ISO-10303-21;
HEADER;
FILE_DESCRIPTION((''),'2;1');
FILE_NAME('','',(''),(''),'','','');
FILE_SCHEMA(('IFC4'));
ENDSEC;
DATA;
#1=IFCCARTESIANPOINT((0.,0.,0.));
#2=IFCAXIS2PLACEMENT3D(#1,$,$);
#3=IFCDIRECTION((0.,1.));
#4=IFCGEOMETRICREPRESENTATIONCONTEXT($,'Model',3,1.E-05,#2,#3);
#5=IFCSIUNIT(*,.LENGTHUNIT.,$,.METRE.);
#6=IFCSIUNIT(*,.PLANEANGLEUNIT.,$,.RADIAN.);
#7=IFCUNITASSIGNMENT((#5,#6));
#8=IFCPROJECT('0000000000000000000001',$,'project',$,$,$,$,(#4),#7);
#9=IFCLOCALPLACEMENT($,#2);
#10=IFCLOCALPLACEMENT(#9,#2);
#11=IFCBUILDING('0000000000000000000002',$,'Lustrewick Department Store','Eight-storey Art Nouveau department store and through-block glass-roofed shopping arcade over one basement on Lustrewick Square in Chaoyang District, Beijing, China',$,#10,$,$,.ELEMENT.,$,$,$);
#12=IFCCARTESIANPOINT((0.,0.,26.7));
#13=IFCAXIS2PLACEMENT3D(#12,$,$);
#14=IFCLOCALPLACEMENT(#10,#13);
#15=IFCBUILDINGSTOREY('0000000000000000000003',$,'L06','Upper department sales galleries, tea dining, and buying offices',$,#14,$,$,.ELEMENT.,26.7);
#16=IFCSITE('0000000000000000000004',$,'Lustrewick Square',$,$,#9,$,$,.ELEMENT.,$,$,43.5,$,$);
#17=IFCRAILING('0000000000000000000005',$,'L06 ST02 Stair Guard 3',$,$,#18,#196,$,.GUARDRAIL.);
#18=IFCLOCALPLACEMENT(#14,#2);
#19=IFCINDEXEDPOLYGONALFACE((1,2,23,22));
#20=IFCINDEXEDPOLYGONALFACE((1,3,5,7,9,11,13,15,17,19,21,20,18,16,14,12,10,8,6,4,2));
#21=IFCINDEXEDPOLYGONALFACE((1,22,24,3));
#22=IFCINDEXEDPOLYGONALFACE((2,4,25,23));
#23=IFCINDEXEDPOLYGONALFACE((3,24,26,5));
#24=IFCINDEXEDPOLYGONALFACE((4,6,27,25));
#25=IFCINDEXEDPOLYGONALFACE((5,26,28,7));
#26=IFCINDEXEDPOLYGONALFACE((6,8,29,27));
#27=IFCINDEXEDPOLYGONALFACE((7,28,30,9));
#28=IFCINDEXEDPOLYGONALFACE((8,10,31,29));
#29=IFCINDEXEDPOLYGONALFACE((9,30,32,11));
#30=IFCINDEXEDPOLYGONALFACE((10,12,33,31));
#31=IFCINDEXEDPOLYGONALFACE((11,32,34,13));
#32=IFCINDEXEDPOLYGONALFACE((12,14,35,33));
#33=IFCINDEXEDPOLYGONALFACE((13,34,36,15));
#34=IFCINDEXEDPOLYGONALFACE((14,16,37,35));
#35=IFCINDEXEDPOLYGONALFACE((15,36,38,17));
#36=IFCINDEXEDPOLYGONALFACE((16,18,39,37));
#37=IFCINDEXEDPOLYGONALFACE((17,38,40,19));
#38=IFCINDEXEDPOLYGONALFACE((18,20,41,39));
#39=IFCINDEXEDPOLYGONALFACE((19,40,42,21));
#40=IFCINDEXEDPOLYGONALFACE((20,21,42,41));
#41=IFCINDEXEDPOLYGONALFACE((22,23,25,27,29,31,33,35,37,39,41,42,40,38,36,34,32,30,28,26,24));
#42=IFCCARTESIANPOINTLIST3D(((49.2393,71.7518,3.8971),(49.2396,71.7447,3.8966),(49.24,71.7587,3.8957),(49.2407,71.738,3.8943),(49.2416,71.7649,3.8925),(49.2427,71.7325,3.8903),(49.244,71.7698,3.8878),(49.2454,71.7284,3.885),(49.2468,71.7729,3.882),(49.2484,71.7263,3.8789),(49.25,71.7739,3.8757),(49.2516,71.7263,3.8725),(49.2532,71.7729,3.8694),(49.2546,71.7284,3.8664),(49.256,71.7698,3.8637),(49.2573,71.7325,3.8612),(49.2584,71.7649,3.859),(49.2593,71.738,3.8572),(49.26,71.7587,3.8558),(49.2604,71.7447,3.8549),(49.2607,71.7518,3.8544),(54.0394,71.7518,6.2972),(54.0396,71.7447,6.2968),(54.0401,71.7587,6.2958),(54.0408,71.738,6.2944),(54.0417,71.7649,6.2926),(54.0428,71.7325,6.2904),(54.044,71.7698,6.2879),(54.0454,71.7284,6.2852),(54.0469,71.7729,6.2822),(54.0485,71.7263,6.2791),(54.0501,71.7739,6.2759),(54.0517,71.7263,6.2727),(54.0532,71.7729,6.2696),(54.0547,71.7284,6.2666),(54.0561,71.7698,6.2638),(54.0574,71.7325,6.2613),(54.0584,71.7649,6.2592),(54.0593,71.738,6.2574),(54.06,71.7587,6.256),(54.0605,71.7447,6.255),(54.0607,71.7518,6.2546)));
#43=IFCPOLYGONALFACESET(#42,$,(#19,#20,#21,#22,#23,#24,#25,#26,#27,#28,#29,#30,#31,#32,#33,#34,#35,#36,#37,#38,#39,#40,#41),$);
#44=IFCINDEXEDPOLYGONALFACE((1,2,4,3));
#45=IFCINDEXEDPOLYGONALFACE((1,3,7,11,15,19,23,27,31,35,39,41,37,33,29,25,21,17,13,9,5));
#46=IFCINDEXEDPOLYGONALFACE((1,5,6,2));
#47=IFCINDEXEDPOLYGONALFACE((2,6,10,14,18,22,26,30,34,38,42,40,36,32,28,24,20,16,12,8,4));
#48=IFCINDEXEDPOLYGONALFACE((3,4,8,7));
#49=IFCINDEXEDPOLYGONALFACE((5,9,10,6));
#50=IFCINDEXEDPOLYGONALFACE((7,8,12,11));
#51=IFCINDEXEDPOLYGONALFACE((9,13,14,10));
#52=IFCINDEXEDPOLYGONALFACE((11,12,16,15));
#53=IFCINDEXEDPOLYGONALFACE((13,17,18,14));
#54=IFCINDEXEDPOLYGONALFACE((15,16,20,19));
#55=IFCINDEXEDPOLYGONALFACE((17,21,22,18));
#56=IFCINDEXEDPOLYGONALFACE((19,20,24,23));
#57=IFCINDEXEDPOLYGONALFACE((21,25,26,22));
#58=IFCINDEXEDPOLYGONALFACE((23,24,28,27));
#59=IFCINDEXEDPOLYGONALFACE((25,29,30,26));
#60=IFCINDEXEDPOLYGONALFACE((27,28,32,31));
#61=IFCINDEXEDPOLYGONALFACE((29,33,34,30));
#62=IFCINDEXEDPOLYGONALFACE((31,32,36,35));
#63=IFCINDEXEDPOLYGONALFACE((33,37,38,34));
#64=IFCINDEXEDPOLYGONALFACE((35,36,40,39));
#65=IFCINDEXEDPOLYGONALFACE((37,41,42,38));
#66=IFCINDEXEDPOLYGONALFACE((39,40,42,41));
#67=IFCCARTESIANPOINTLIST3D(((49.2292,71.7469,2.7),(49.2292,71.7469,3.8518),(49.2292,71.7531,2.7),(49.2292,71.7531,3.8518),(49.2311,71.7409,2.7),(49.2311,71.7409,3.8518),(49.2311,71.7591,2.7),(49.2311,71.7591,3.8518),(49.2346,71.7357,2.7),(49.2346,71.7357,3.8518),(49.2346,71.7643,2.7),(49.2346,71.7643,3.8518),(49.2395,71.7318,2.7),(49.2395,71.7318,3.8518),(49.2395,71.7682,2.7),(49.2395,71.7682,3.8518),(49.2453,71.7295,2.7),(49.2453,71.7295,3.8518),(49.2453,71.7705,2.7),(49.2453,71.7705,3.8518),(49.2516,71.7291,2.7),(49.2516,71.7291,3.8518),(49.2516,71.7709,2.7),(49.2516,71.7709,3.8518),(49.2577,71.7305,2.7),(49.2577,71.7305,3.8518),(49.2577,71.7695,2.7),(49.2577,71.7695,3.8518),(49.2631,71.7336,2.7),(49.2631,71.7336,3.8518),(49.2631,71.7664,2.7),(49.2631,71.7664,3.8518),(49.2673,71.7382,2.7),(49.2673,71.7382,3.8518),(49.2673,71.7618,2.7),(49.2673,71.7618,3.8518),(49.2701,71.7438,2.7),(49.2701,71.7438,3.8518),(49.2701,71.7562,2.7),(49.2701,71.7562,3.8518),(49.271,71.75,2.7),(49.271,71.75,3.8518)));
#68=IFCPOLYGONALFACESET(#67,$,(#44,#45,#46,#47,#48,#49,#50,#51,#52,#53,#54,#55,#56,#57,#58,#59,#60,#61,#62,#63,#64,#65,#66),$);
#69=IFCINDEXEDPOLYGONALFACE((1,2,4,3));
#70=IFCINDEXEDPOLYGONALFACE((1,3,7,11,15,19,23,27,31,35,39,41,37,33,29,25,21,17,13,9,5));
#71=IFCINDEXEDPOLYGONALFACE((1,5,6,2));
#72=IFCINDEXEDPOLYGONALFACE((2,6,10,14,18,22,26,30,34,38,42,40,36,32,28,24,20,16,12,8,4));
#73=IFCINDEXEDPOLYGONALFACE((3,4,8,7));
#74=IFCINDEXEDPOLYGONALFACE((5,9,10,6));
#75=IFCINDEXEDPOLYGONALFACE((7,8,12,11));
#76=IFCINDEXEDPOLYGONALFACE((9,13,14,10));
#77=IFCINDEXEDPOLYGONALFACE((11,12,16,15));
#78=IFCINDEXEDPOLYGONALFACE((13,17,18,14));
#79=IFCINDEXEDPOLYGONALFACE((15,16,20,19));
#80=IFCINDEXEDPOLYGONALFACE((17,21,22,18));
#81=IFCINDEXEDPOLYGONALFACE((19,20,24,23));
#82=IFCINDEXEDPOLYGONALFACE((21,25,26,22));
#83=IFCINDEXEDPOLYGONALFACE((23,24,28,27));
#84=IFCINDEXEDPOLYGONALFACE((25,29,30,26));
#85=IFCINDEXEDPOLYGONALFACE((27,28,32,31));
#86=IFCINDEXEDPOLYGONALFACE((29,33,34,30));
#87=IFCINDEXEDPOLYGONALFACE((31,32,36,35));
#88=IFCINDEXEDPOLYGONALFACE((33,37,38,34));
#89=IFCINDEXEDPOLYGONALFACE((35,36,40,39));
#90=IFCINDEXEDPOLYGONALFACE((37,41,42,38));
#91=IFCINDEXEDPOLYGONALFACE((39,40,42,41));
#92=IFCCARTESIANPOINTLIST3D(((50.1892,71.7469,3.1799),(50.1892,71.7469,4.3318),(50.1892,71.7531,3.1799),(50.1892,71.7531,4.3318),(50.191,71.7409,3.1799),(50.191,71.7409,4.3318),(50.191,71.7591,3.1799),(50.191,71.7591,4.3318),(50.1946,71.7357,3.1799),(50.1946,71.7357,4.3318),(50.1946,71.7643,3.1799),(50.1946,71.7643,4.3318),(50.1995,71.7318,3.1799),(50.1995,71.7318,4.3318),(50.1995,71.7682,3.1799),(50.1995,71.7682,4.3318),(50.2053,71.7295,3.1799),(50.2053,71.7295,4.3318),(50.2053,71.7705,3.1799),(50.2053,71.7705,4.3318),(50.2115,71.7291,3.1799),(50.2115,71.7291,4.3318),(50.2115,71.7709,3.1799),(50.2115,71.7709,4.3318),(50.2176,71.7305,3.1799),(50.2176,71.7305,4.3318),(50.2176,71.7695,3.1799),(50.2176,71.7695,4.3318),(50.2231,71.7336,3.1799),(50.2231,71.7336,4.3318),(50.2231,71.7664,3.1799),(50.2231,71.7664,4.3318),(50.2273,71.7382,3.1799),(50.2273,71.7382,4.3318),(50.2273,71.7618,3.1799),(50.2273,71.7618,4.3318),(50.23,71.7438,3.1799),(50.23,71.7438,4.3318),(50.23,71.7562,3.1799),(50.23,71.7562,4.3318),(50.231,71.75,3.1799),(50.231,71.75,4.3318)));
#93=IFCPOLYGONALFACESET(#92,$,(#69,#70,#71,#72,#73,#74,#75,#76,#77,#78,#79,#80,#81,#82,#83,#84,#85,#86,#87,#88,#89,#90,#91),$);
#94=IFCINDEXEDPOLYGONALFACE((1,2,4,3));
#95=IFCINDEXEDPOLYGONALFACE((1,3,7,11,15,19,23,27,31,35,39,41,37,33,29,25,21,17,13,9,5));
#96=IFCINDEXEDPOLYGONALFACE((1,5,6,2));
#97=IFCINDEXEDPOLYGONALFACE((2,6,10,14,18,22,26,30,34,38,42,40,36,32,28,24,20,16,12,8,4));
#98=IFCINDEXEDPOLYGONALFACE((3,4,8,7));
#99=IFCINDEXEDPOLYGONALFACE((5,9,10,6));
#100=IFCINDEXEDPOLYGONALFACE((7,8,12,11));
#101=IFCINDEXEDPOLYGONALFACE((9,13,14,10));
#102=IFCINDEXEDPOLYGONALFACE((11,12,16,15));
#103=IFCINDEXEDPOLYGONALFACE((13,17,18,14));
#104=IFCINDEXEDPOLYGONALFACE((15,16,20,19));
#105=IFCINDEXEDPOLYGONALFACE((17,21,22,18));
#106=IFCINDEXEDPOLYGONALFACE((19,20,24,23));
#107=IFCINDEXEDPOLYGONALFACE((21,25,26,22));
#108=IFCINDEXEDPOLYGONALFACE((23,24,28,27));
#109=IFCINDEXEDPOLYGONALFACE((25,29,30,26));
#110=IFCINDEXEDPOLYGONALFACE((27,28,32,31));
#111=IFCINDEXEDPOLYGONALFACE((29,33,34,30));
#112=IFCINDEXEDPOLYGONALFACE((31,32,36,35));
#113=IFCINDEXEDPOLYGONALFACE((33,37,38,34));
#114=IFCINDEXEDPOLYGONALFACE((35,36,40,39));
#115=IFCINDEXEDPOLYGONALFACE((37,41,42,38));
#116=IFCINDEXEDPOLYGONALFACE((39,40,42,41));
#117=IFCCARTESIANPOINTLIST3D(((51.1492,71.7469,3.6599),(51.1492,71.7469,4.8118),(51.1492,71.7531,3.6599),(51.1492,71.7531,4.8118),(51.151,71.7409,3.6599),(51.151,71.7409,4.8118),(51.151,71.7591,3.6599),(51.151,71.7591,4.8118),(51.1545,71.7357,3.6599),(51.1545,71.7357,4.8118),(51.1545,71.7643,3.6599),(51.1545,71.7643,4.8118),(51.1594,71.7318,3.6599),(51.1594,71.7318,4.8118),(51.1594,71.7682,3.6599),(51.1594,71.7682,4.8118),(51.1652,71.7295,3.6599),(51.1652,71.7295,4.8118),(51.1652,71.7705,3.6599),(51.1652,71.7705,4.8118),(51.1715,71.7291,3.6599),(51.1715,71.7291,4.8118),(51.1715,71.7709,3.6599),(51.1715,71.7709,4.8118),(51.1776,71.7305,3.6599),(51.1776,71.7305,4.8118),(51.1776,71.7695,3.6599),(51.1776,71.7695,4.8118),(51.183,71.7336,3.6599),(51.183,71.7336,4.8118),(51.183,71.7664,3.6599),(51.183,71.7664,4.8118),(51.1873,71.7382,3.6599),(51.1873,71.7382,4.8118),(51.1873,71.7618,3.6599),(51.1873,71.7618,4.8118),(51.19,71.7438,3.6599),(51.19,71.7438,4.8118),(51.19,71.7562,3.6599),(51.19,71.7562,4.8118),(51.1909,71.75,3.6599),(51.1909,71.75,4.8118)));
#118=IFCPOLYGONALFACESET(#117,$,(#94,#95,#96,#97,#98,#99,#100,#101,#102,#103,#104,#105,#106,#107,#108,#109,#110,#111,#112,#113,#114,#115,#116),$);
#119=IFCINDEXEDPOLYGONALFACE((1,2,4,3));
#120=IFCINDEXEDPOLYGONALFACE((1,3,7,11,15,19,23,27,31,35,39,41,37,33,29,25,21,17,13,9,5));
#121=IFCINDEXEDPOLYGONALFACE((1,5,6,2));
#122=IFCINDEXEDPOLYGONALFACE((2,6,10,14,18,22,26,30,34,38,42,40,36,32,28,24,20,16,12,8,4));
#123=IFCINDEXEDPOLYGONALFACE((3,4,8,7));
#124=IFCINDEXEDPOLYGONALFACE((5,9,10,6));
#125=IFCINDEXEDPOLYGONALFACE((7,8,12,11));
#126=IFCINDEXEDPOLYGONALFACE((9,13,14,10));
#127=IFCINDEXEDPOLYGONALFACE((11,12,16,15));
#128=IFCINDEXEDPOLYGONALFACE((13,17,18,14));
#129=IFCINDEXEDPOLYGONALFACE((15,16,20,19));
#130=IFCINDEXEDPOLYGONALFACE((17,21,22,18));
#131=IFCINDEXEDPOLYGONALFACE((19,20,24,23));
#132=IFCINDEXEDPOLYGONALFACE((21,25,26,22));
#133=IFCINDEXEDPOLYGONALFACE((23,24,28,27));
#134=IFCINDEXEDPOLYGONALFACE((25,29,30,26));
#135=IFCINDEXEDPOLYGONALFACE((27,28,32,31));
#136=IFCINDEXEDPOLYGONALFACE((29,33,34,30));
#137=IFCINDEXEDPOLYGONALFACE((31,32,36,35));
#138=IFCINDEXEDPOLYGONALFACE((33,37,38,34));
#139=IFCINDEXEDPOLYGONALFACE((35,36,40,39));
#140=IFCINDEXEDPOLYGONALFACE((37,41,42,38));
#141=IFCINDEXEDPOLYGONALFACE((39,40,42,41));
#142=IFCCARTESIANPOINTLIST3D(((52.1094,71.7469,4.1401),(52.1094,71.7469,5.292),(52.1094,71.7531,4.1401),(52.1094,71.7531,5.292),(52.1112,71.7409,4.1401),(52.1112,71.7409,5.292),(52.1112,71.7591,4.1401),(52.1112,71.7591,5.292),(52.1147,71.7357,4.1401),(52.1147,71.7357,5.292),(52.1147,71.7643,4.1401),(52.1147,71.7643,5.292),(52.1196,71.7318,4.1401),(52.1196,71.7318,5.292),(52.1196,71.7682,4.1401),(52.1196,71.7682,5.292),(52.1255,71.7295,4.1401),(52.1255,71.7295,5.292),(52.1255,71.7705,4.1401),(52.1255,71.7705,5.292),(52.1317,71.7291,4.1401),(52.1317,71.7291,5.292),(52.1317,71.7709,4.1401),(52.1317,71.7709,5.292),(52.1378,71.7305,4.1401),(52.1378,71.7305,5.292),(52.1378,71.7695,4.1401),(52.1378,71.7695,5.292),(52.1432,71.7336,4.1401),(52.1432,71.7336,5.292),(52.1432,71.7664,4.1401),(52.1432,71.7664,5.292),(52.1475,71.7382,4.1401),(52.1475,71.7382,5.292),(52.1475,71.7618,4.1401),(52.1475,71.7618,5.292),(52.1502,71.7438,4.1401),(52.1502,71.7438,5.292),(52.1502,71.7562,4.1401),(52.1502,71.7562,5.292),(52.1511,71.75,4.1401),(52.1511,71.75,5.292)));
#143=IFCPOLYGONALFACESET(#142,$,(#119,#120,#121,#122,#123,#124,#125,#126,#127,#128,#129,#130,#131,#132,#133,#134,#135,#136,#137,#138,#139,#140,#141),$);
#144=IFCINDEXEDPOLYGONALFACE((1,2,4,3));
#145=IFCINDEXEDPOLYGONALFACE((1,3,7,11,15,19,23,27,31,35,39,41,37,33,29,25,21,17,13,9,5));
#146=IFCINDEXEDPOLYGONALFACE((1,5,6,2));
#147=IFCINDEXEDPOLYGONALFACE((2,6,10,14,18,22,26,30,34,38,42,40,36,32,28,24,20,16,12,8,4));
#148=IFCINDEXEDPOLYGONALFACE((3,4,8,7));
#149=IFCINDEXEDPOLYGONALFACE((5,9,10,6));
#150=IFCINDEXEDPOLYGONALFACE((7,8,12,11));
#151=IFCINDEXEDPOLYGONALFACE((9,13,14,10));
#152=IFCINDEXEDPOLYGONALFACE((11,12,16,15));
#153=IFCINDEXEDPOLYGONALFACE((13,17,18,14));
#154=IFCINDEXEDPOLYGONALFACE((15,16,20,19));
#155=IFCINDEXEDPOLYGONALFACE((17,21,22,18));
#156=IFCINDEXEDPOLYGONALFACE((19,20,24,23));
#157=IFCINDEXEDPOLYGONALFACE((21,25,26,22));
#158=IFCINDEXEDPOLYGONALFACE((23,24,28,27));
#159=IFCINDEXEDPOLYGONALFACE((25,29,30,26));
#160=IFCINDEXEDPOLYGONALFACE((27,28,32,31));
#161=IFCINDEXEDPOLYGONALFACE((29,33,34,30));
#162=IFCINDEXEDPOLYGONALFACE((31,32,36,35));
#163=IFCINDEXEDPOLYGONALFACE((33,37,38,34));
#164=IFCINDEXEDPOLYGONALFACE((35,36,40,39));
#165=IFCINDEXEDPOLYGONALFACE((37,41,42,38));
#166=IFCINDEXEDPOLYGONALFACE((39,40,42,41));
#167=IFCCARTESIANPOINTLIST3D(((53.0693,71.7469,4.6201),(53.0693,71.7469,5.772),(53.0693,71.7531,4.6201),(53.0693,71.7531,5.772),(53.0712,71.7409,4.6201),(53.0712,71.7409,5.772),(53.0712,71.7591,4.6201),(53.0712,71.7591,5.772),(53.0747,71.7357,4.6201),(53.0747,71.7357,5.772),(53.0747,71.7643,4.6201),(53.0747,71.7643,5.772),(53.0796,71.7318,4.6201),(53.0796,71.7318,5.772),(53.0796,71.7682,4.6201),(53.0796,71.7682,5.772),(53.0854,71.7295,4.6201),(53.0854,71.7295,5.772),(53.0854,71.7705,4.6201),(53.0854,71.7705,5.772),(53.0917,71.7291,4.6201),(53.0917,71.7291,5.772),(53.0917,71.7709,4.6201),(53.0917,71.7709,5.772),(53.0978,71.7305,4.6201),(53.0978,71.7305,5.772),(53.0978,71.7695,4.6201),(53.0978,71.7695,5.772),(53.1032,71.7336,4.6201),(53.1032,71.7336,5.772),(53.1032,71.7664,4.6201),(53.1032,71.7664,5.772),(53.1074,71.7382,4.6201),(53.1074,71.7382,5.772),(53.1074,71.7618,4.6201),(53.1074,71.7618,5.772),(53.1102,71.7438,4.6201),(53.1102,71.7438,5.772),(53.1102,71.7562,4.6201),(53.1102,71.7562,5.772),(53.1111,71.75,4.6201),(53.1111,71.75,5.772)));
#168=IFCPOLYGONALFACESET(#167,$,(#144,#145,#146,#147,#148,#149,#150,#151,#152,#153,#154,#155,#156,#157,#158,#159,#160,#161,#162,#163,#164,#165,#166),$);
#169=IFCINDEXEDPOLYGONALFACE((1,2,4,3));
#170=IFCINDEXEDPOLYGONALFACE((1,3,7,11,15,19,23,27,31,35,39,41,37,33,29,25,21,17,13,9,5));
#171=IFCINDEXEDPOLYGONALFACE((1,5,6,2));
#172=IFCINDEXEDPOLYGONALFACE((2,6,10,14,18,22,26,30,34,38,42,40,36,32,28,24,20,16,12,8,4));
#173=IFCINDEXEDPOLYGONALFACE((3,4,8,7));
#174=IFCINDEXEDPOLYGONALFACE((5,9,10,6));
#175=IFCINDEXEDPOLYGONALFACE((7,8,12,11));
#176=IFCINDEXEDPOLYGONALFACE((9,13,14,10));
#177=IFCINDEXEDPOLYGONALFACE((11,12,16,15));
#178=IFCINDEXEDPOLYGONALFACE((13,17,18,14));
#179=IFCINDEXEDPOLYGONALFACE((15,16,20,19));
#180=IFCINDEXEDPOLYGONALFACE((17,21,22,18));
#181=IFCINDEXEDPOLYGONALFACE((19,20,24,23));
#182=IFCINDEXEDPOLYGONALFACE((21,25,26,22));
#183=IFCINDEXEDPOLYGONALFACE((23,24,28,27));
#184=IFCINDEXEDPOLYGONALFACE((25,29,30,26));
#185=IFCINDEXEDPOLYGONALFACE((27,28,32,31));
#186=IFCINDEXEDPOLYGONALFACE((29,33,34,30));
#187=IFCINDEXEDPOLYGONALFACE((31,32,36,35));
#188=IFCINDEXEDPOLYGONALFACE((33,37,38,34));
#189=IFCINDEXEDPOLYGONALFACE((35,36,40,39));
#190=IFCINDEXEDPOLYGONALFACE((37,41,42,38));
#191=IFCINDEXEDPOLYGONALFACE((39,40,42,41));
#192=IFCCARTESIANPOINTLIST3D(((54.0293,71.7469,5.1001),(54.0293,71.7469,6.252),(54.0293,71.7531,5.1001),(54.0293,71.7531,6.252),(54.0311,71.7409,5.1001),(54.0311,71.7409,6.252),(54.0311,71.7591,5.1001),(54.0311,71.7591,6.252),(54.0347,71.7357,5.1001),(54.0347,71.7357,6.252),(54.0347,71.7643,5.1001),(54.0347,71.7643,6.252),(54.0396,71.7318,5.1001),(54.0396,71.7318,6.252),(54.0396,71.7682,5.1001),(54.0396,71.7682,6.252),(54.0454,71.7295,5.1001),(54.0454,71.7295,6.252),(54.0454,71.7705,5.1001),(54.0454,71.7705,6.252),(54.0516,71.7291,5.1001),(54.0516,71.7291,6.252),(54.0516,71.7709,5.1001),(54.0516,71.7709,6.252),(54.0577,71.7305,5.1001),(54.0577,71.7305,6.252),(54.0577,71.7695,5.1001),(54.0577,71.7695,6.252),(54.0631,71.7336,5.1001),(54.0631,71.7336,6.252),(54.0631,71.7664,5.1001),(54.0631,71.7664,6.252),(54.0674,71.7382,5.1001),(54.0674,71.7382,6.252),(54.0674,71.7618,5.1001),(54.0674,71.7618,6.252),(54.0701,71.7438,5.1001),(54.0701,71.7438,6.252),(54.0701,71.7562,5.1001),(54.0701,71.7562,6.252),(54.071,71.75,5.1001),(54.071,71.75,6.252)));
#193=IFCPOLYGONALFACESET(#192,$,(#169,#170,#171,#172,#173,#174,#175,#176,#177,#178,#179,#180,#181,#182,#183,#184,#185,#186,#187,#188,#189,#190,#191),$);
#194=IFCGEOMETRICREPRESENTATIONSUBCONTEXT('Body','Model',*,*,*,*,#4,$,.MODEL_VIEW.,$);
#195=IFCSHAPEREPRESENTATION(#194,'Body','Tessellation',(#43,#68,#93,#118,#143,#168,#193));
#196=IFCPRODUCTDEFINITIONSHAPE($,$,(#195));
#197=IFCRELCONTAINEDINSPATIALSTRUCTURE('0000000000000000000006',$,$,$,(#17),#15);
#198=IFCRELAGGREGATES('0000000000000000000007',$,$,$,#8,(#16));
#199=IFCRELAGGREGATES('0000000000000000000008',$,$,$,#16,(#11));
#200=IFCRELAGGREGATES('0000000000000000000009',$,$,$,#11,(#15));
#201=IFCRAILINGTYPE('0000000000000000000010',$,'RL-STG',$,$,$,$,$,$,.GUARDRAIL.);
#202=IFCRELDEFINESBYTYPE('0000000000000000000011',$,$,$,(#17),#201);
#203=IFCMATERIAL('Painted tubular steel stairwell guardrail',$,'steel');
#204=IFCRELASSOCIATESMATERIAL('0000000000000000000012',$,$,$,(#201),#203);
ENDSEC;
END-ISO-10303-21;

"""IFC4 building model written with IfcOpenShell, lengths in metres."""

from ifc_helpers import new_model, si_unit, direction, frame, origin, origin_2d, place, context, subcontext, project, spatial, circle, extrude, material, type_object, element, save


model = new_model("IFC4")

# Units and contexts
model_context = context("Model", 3, precision=1e-05, world=origin(), true_north=direction((0.0, 1.0)))
body_context = subcontext(model_context, "Body", "Model", "MODEL_VIEW")
ifc_project = project(units=[si_unit("LENGTHUNIT", "METRE"), si_unit("PLANEANGLEUNIT", "RADIAN")], contexts=[model_context])

# Site, building, storey
site_placement = place(None, origin())
site = spatial("IfcSite", under=ifc_project, at=site_placement, Name="Lustrewick Square", CompositionType="ELEMENT", RefElevation=43.5)
building_placement = place(site_placement, origin())
building = spatial("IfcBuilding", under=site, at=building_placement, Name="Lustrewick Department Store", Description="Eight-storey Art Nouveau department store and through-block glass-roofed shopping arcade over one basement on Lustrewick Square in Chaoyang District, Beijing, China", CompositionType="ELEMENT")
storey_placement = place(building_placement, frame((0.0, 0.0, 26.7)))
storey = spatial("IfcBuildingStorey", under=building, at=storey_placement, Name="L06", Description="Upper department sales galleries, tea dining, and buying offices", CompositionType="ELEMENT", Elevation=26.7)

# Railing
ifc_material_1 = material(Name="Painted tubular steel stairwell guardrail", Category="steel")
railing_type_1 = type_object("IfcRailingType", Name="RL-STG", PredefinedType="GUARDRAIL", material=ifc_material_1)
railing_1_placement = place(storey_placement, frame((49.25, 71.75, 2.7)))
element("IfcRailing", 1, at=railing_1_placement, inside=storey, type_object=railing_type_1, Name="L06 ST02 Stair Guard 3", PredefinedType="GUARDRAIL", context=body_context, shape_type="SweptSolid", body=[
    extrude(circle(Radius=0.0239, at=origin_2d()), frame((0.0, 0.0, 1.1758), z_axis=(0.894418, 0.0, 0.447232), x_axis=(0.0, 1.0, 0.0)), (0.0, 0.0, 1.0), 5.3667),
    extrude(circle(Radius=0.021, at=origin_2d()), origin(), (0.0, 0.0, 1.0), 1.1519),
    extrude(circle(Radius=0.021, at=origin_2d()), frame((0.96, 0.0, 0.48)), (0.0, 0.0, 1.0), 1.1519),
    extrude(circle(Radius=0.021, at=origin_2d()), frame((1.9199, 0.0, 0.96)), (0.0, 0.0, 1.0), 1.1519),
    extrude(circle(Radius=0.021, at=origin_2d()), frame((2.8801, 0.0, 1.4402)), (0.0, 0.0, 1.0), 1.1519),
    extrude(circle(Radius=0.021, at=origin_2d()), frame((3.8401, 0.0, 1.9202)), (0.0, 0.0, 1.0), 1.1519),
    extrude(circle(Radius=0.021, at=origin_2d()), frame((4.8, 0.0, 2.4001)), (0.0, 0.0, 1.0), 1.1519),
])

save(model, "model.ifc")
